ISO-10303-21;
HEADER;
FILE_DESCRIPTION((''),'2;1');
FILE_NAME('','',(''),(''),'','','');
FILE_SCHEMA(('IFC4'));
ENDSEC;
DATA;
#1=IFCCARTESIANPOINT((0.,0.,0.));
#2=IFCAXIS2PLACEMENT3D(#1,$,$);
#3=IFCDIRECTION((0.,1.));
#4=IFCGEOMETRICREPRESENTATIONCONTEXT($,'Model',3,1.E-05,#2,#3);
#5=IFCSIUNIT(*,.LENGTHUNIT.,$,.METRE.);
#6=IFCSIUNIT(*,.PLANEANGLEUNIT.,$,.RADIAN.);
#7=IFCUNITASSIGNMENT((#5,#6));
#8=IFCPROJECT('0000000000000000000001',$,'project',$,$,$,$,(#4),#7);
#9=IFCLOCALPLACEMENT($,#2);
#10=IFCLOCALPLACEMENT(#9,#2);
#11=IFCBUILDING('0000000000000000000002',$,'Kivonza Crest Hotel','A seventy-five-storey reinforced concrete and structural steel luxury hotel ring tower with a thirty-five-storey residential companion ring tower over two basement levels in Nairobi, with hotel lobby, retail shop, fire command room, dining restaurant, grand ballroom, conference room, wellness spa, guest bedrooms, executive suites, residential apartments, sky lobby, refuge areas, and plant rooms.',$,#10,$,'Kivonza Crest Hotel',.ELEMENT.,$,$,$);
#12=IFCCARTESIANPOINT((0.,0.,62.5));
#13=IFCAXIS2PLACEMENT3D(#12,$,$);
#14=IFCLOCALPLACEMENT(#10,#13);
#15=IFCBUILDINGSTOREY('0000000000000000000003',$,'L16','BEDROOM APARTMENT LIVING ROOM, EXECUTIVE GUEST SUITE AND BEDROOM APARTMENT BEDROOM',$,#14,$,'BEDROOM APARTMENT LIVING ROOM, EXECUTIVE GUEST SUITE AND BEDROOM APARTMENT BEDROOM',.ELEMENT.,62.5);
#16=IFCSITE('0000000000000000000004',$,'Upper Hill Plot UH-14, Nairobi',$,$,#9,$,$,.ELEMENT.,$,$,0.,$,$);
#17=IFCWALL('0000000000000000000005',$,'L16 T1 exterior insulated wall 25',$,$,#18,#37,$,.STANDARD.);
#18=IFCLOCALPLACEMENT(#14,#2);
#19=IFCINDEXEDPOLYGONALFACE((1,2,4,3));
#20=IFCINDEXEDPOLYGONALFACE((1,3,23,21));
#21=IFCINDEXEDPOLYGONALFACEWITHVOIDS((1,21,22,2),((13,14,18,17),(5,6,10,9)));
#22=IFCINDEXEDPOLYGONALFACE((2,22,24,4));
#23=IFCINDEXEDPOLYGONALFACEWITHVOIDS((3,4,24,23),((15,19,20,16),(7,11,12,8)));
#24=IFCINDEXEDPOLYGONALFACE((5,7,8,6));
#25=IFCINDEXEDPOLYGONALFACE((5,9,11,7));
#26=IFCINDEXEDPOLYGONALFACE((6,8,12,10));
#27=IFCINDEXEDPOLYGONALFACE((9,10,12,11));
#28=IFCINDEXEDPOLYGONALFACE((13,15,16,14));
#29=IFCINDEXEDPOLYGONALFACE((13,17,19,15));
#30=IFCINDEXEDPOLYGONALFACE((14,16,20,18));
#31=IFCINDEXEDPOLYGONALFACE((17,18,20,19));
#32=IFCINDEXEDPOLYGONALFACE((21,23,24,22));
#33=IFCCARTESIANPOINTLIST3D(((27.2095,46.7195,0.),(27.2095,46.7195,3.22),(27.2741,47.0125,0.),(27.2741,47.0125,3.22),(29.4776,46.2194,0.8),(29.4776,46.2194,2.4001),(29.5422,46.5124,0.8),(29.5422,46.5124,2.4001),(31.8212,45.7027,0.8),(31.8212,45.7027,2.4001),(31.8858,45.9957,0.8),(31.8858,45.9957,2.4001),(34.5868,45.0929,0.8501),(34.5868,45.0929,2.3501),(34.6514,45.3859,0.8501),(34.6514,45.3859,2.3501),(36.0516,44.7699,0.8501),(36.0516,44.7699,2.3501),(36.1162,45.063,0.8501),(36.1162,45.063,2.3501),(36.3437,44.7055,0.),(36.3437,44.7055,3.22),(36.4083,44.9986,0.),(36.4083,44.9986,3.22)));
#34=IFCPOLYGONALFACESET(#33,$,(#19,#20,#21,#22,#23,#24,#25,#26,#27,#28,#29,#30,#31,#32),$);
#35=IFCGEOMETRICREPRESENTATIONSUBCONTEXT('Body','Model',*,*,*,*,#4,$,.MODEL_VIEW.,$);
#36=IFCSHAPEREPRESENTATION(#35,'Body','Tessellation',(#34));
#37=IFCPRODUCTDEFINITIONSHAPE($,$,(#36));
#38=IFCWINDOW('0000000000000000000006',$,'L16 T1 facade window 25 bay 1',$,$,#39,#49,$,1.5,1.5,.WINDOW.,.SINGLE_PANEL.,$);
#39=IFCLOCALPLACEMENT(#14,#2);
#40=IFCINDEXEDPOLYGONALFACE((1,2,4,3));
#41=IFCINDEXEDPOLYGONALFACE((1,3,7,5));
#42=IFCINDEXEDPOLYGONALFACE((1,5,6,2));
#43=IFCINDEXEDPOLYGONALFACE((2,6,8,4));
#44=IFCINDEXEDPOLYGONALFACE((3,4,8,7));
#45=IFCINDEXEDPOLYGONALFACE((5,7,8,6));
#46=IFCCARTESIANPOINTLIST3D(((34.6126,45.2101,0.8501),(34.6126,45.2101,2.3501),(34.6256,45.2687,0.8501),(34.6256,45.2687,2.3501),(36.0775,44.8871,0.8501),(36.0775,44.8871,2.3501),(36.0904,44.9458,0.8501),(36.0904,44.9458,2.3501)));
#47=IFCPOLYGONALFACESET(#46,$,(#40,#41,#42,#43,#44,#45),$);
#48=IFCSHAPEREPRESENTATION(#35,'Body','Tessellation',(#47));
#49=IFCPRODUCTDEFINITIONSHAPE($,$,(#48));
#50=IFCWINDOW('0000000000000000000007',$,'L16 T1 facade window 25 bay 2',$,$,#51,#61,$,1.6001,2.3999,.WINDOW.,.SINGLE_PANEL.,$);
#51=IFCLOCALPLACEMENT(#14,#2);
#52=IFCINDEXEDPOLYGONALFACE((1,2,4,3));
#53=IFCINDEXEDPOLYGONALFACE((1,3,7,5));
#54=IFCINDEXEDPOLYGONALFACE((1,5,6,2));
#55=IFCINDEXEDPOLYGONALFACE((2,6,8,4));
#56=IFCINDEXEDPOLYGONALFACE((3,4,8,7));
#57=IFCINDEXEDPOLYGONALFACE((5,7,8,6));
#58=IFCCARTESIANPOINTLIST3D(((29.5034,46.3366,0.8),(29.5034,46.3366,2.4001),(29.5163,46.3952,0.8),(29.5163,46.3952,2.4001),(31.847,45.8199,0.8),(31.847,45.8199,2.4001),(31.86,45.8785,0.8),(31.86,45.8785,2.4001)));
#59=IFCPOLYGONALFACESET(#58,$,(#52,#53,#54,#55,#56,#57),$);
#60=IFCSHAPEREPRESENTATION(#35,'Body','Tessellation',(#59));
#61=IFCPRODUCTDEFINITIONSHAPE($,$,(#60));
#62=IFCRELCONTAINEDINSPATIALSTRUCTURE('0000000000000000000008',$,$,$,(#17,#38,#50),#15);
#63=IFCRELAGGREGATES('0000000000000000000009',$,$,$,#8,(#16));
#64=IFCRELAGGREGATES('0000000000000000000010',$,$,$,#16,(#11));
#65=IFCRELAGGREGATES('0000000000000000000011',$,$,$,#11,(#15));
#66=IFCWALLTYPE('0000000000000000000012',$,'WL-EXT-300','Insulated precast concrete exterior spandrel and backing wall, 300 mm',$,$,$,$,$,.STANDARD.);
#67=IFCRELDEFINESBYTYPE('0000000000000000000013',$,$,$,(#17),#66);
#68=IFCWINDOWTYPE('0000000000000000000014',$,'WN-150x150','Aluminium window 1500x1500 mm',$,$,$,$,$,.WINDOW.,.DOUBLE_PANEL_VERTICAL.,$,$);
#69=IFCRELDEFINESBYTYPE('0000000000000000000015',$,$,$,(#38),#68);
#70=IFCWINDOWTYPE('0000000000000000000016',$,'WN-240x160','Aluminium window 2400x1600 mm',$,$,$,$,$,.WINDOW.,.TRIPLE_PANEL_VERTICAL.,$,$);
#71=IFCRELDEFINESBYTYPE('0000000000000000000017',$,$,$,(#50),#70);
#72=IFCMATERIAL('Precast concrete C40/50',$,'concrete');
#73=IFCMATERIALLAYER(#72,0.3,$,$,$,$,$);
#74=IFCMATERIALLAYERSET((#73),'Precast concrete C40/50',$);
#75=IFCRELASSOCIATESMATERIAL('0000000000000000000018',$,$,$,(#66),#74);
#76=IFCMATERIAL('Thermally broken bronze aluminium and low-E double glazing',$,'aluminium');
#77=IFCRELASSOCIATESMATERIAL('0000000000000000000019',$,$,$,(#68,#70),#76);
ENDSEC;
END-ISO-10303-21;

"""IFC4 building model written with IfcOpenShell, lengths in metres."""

from ifc_helpers import new_model, si_unit, direction, frame, frame_2d, origin, place, context, subcontext, project, spatial, rectangle, extrude, material, layer, layer_set, type_object, element, fill, save


model = new_model("IFC4")

# Units and contexts
model_context = context("Model", 3, precision=1e-05, world=origin(), true_north=direction((0.0, 1.0)))
body_context = subcontext(model_context, "Body", "Model", "MODEL_VIEW")
ifc_project = project(units=[si_unit("LENGTHUNIT", "METRE"), si_unit("PLANEANGLEUNIT", "RADIAN")], contexts=[model_context])

# Site, building, storey
site_placement = place(None, origin())
site = spatial("IfcSite", under=ifc_project, at=site_placement, Name="Upper Hill Plot UH-14, Nairobi", CompositionType="ELEMENT", RefElevation=0.0)
building_placement = place(site_placement, origin())
building = spatial("IfcBuilding", under=site, at=building_placement, Name="Kivonza Crest Hotel", Description="A seventy-five-storey reinforced concrete and structural steel luxury hotel ring tower with a thirty-five-storey residential companion ring tower over two basement levels in Nairobi, with hotel lobby, retail shop, fire command room, dining restaurant, grand ballroom, conference room, wellness spa, guest bedrooms, executive suites, residential apartments, sky lobby, refuge areas, and plant rooms.", LongName="Kivonza Crest Hotel", CompositionType="ELEMENT")
storey_placement = place(building_placement, frame((0.0, 0.0, 62.5)))
storey = spatial("IfcBuildingStorey", under=building, at=storey_placement, Name="L16", Description="BEDROOM APARTMENT LIVING ROOM, EXECUTIVE GUEST SUITE AND BEDROOM APARTMENT BEDROOM", LongName="BEDROOM APARTMENT LIVING ROOM, EXECUTIVE GUEST SUITE AND BEDROOM APARTMENT BEDROOM", CompositionType="ELEMENT", Elevation=62.5)

# Shared definitions
ifc_material_1 = material(Name="Precast concrete C40/50", Category="concrete")
ifc_layer_1 = layer(ifc_material_1, 0.3)
ifc_layer_set_1 = layer_set([ifc_layer_1], Name="Precast concrete C40/50")
wall_type_1 = type_object("IfcWallType", Name="WL-EXT-300", Description="Insulated precast concrete exterior spandrel and backing wall, 300 mm", PredefinedType="STANDARD", material=ifc_layer_set_1)

# Wall, openings, windows
wall_1_placement = place(storey_placement, frame((36.376, 44.8521, 0.0), z_axis=(0.0, 0.0, 1.0), x_axis=(-0.976545, 0.215313, 0.0)))
wall_1 = element("IfcWall", 1, at=wall_1_placement, inside=storey, type_object=wall_type_1, Name="L16 T1 exterior insulated wall 25", PredefinedType="STANDARD", context=body_context, shape_type="SweptSolid", body=[
    extrude(rectangle(XDim=9.3535, YDim=0.3, at=frame_2d((4.6768, 0.0))), origin(), (0.0, 0.0, 1.0), 3.22),
])
opening_1_placement = place(wall_1_placement, frame((0.2991, 0.0, 0.8501)))
opening_1 = element("IfcOpeningElement", 2, at=opening_1_placement, cuts=wall_1, PredefinedType="OPENING", context=body_context, shape_type="SweptSolid", body=[
    extrude(rectangle(XDim=1.5, YDim=1.5, at=frame_2d((0.75, 0.75))), frame((0.0, 0.1602, 0.0), z_axis=(0.0, -1.0, 0.0), x_axis=(1.0, 0.0, 0.0)), (0.0, 0.0, 1.0), 0.3201),
])
opening_2_placement = place(wall_1_placement, frame((4.6311, 0.0, 0.8)))
opening_2 = element("IfcOpeningElement", 3, at=opening_2_placement, cuts=wall_1, PredefinedType="OPENING", context=body_context, shape_type="SweptSolid", body=[
    extrude(rectangle(XDim=2.3999, YDim=1.6001, at=frame_2d((1.2, 0.8))), frame((0.0, 0.1602, 0.0), z_axis=(0.0, -1.0, 0.0), x_axis=(1.0, 0.0, 0.0)), (0.0, 0.0, 1.0), 0.3201),
])
ifc_material_2 = material(Name="Thermally broken bronze aluminium and low-E double glazing", Category="aluminium")
window_type_1 = type_object("IfcWindowType", Name="WN-150x150", Description="Aluminium window 1500x1500 mm", PartitioningType="DOUBLE_PANEL_VERTICAL", PredefinedType="WINDOW", material=ifc_material_2)
window_1_placement = place(opening_1_placement, origin())
window_1 = element("IfcWindow", 4, at=window_1_placement, inside=storey, type_object=window_type_1, Name="L16 T1 facade window 25 bay 1", OverallHeight=1.5, OverallWidth=1.5, PartitioningType="SINGLE_PANEL", PredefinedType="WINDOW", context=body_context, shape_type="SweptSolid", body=[
    extrude(rectangle(XDim=1.5, YDim=1.5, at=frame_2d((0.75, 0.75))), frame((0.0, 0.03, 0.0), z_axis=(0.0, -1.0, 0.0), x_axis=(1.0, 0.0, 0.0)), (0.0, 0.0, 1.0), 0.0601),
])
fill(opening_1, window_1)
window_type_2 = type_object("IfcWindowType", Name="WN-240x160", Description="Aluminium window 2400x1600 mm", PartitioningType="TRIPLE_PANEL_VERTICAL", PredefinedType="WINDOW", material=ifc_material_2)
window_2_placement = place(opening_2_placement, origin())
window_2 = element("IfcWindow", 5, at=window_2_placement, inside=storey, type_object=window_type_2, Name="L16 T1 facade window 25 bay 2", OverallHeight=1.6001, OverallWidth=2.3999, PartitioningType="SINGLE_PANEL", PredefinedType="WINDOW", context=body_context, shape_type="SweptSolid", body=[
    extrude(rectangle(XDim=2.3999, YDim=1.6001, at=frame_2d((1.2, 0.8))), frame((0.0, 0.03, 0.0), z_axis=(0.0, -1.0, 0.0), x_axis=(1.0, 0.0, 0.0)), (0.0, 0.0, 1.0), 0.0601),
])
fill(opening_2, window_2)

save(model, "model.ifc")
